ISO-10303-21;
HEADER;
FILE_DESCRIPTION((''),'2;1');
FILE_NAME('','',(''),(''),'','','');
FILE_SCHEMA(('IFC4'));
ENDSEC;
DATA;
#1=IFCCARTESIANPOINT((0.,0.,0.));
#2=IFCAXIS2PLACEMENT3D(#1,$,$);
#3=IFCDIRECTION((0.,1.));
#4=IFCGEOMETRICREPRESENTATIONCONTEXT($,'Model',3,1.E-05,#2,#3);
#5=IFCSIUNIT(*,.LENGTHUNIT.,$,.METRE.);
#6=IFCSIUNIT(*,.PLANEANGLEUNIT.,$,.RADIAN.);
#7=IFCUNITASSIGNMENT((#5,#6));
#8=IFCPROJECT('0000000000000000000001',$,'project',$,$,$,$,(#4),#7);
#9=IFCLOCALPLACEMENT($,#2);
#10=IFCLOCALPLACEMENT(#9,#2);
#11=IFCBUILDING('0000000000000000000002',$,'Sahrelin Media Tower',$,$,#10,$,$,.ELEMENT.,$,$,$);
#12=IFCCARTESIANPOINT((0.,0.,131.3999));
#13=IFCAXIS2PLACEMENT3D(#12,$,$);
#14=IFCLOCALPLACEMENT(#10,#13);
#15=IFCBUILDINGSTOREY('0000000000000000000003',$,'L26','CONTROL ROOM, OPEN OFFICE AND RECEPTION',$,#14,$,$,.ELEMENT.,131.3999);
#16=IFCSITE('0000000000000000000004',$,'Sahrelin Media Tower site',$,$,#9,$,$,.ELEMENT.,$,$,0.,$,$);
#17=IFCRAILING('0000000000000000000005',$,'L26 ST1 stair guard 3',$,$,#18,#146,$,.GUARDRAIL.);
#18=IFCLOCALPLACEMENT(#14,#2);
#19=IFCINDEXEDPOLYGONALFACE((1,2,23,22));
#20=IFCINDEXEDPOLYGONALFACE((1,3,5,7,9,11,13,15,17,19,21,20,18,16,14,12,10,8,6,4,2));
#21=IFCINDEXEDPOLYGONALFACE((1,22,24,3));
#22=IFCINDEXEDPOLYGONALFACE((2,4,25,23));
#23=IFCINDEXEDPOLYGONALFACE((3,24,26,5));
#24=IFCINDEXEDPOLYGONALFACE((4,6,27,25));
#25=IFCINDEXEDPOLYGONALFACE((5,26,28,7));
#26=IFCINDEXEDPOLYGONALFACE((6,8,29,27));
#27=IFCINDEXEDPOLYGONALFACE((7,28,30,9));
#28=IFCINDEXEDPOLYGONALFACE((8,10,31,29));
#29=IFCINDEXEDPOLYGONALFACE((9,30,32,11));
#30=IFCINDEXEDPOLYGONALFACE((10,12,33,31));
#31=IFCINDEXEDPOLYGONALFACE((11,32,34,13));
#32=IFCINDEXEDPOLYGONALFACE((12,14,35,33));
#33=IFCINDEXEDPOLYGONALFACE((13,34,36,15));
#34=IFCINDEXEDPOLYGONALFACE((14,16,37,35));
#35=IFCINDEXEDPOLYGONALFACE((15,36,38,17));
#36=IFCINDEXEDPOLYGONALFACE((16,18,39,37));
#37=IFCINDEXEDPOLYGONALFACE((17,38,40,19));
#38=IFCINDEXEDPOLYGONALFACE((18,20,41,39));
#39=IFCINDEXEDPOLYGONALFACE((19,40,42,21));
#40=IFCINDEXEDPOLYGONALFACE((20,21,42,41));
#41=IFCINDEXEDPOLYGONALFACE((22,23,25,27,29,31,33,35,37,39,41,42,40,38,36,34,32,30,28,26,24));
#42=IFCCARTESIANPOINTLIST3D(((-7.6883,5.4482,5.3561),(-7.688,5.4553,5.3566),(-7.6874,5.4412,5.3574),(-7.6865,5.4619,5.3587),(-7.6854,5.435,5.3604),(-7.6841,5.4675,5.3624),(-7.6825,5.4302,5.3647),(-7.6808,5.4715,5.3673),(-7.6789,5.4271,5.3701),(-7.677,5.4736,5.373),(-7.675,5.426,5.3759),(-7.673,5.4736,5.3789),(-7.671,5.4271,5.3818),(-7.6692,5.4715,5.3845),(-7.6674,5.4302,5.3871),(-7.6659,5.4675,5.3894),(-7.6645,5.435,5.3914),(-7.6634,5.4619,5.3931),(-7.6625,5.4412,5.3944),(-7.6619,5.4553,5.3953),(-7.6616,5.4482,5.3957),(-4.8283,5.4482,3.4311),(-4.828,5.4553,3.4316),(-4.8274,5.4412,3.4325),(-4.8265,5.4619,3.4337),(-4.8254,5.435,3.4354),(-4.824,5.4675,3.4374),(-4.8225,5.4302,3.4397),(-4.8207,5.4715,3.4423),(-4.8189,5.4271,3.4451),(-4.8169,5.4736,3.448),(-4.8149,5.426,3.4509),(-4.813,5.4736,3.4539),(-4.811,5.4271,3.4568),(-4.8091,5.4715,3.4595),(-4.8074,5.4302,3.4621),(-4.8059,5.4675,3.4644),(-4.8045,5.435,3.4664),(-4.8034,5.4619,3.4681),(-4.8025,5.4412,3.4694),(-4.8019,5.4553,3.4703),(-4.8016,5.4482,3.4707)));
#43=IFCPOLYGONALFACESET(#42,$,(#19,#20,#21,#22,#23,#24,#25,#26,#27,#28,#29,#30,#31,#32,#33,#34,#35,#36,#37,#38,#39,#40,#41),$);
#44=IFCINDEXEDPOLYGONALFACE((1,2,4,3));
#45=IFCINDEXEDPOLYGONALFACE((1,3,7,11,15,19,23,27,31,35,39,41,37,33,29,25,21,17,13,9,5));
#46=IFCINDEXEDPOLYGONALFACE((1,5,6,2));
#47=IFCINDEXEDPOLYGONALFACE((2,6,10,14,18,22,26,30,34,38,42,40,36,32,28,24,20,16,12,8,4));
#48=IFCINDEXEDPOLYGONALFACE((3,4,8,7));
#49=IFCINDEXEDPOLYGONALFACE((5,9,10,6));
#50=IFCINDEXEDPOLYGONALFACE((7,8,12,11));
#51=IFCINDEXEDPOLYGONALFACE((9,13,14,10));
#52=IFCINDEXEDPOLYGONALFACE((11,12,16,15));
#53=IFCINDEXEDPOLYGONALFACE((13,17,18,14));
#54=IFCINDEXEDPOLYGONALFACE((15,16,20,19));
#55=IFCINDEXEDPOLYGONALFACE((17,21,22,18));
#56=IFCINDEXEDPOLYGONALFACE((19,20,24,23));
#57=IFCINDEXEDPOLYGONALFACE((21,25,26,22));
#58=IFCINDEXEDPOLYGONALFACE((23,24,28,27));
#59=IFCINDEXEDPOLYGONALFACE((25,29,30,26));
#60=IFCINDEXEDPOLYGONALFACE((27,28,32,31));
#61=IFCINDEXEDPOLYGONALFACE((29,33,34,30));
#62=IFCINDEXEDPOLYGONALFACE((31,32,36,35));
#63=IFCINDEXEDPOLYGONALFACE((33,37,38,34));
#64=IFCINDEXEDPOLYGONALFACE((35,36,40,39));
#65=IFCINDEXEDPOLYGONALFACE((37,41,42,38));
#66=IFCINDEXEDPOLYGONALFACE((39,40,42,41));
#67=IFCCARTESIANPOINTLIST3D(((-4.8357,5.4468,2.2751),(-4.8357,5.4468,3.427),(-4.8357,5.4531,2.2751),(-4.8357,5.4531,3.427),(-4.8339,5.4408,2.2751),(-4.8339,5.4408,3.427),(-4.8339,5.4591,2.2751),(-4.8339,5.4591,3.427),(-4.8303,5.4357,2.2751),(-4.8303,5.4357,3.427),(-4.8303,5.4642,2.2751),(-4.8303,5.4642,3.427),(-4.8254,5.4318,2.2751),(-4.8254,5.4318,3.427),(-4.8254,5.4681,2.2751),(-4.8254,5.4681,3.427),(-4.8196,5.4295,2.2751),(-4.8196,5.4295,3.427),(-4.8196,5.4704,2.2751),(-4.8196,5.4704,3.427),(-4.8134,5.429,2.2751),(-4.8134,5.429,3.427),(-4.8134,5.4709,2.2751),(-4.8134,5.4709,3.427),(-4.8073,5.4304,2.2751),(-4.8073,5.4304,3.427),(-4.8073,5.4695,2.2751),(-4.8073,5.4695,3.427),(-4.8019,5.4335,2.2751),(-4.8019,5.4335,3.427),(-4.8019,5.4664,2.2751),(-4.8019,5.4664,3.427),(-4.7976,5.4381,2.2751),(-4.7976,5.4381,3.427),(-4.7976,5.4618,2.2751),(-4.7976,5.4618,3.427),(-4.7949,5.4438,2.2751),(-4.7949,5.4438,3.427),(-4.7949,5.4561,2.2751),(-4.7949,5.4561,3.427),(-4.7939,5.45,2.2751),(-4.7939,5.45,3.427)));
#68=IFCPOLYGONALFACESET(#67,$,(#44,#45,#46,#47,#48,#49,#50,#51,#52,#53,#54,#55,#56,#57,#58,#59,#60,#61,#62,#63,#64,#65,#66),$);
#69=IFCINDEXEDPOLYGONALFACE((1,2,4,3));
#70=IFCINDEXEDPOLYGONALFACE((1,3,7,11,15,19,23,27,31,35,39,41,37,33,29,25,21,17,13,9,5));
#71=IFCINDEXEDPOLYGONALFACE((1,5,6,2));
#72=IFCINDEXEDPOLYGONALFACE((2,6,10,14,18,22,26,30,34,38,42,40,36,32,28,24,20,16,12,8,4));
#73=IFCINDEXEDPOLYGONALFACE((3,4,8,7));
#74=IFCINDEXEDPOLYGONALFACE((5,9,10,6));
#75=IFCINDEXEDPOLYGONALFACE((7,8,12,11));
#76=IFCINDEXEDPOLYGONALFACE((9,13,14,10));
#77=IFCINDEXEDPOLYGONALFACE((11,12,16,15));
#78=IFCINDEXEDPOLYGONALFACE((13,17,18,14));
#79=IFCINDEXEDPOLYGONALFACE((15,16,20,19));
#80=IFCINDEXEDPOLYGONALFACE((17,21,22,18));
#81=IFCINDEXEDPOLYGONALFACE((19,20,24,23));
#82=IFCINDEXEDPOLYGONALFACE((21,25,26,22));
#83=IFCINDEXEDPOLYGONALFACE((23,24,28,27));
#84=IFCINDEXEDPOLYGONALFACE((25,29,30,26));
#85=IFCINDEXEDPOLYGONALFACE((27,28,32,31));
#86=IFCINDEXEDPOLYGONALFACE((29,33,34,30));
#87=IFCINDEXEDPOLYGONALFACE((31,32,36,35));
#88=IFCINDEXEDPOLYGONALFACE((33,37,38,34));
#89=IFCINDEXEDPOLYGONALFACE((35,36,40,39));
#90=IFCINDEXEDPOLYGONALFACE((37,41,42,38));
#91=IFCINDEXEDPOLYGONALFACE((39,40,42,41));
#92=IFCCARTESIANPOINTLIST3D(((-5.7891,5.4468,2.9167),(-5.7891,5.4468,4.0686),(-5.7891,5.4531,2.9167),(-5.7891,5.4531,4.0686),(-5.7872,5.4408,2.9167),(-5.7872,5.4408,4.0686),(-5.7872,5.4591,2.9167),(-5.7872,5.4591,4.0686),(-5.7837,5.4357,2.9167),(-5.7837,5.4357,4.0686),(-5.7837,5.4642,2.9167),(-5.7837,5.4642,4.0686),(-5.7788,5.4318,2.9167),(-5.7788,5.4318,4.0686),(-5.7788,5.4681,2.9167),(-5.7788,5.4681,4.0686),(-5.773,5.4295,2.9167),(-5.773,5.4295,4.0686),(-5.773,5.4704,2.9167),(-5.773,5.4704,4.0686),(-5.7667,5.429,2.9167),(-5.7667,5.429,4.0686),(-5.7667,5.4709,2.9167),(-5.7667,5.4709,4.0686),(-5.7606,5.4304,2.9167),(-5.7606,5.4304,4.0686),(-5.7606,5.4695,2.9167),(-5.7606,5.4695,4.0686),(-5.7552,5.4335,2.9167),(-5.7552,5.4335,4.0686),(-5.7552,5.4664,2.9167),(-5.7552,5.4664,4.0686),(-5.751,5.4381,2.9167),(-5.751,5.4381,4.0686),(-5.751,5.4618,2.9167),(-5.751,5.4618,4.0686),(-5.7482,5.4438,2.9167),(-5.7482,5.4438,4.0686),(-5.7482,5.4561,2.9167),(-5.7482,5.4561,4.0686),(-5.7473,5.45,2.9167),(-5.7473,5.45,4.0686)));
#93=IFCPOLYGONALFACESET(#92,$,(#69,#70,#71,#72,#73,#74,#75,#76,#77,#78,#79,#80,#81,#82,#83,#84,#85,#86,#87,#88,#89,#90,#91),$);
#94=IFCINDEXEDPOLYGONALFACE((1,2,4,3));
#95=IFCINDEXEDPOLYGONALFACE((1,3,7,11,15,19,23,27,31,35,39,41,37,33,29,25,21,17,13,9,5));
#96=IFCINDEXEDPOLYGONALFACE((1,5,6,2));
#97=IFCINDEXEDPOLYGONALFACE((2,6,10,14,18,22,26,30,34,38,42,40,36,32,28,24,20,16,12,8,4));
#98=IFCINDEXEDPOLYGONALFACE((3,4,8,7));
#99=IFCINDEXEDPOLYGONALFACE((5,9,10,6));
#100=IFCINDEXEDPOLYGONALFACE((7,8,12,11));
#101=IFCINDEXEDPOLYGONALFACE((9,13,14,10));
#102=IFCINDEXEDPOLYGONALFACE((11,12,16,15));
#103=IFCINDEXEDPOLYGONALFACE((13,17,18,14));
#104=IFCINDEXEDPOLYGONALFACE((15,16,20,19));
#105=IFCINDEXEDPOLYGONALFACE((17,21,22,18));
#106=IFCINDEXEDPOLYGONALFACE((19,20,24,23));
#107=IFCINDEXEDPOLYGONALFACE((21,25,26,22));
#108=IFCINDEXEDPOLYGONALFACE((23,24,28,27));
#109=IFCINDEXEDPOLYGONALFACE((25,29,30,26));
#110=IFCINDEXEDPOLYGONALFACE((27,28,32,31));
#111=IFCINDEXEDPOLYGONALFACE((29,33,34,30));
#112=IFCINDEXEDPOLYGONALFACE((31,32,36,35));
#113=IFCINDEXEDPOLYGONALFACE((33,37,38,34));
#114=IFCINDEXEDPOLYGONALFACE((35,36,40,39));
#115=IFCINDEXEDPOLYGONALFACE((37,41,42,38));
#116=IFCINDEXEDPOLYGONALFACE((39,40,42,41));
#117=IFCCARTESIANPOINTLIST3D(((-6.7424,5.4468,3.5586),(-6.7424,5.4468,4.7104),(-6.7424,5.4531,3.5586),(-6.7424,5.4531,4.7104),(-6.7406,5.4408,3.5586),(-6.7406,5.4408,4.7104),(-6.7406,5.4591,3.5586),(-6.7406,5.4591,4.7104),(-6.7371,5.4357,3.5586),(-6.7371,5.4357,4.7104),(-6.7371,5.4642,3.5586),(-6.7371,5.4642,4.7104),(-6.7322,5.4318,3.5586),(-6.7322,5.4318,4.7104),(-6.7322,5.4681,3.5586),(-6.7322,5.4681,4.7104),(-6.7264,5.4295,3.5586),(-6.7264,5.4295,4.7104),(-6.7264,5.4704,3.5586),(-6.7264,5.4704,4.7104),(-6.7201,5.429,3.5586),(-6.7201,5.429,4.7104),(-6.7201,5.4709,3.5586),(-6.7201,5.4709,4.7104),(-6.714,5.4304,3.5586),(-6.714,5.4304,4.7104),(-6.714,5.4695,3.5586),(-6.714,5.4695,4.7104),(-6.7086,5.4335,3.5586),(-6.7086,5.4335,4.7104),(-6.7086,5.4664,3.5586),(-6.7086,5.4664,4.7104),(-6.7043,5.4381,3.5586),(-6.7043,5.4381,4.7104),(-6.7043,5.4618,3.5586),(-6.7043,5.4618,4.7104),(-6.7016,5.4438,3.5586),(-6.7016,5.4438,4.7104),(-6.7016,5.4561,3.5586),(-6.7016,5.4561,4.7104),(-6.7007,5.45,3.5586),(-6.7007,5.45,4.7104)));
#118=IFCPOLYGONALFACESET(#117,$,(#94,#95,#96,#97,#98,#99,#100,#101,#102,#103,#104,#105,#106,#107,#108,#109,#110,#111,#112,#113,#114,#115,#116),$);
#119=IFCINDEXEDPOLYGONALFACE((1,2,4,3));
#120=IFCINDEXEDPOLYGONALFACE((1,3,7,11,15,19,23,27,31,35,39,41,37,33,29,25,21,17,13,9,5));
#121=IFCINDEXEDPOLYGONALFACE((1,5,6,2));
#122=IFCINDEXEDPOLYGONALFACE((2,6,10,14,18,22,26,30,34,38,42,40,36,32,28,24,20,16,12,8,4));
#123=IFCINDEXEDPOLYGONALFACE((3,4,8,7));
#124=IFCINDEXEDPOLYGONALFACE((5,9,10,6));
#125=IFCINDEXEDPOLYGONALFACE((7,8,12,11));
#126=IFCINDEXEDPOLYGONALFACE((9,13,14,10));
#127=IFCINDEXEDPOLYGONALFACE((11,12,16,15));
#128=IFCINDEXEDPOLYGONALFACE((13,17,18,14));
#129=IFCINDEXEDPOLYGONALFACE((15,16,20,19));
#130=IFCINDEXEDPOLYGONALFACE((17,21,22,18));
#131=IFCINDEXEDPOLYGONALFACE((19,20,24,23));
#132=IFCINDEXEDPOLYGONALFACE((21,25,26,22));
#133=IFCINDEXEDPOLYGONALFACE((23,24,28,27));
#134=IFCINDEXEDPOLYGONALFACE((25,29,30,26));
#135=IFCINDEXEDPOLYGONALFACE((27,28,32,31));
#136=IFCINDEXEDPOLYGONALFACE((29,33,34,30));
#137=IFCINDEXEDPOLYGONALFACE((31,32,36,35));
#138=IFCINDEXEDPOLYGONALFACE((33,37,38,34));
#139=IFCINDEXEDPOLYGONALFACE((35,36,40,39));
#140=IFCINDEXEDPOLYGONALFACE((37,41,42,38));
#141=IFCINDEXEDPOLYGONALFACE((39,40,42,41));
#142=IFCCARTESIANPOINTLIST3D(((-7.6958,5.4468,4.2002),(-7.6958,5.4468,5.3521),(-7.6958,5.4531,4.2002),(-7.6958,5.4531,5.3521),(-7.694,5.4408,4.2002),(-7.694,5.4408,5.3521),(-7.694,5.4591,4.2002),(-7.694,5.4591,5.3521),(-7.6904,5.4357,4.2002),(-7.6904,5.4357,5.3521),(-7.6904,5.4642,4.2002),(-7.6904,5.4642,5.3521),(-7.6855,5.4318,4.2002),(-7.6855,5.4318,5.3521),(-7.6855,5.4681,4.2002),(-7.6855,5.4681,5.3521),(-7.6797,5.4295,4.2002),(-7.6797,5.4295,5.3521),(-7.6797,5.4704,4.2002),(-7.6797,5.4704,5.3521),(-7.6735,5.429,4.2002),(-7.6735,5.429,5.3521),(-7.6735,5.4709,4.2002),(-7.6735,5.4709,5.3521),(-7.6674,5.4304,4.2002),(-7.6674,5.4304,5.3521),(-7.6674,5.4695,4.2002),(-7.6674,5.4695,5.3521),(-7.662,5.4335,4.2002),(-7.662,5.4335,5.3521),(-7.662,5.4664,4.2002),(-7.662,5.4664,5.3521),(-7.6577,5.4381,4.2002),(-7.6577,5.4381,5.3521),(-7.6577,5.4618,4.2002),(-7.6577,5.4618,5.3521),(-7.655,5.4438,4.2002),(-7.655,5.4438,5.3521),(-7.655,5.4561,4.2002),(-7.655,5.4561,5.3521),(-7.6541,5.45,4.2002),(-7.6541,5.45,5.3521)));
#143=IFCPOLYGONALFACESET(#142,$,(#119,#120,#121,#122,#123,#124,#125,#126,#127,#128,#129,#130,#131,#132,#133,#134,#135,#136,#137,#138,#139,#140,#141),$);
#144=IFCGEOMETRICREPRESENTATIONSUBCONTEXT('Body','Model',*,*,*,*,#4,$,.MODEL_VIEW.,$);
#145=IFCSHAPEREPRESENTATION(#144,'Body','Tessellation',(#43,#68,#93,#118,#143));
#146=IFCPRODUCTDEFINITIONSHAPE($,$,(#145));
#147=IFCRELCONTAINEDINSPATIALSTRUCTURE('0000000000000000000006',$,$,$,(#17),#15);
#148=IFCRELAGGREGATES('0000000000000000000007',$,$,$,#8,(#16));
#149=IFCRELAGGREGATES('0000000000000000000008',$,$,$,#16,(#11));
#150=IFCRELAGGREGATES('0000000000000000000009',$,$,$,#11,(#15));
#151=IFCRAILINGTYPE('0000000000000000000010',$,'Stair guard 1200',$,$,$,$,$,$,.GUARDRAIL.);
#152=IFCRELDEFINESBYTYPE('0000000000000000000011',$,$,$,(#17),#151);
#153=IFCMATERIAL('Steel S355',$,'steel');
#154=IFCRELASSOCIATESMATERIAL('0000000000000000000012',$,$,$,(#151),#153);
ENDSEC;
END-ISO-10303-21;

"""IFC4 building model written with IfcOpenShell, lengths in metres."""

from ifc_helpers import new_model, si_unit, direction, frame, origin, origin_2d, place, context, subcontext, project, spatial, circle, extrude, material, type_object, element, save


model = new_model("IFC4")

# Units and contexts
model_context = context("Model", 3, precision=1e-05, world=origin(), true_north=direction((0.0, 1.0)))
body_context = subcontext(model_context, "Body", "Model", "MODEL_VIEW")
ifc_project = project(units=[si_unit("LENGTHUNIT", "METRE"), si_unit("PLANEANGLEUNIT", "RADIAN")], contexts=[model_context])

# Site, building, storey
site_placement = place(None, origin())
site = spatial("IfcSite", under=ifc_project, at=site_placement, Name="Sahrelin Media Tower site", CompositionType="ELEMENT", RefElevation=0.0)
building_placement = place(site_placement, origin())
building = spatial("IfcBuilding", under=site, at=building_placement, Name="Sahrelin Media Tower", CompositionType="ELEMENT")
storey_placement = place(building_placement, frame((0.0, 0.0, 131.3999)))
storey = spatial("IfcBuildingStorey", under=building, at=storey_placement, Name="L26", Description="CONTROL ROOM, OPEN OFFICE AND RECEPTION", CompositionType="ELEMENT", Elevation=131.3999)

# Shared definitions
ifc_material_1 = material(Name="Steel S355", Category="steel")

# Railing
railing_type_1 = type_object("IfcRailingType", Name="Stair guard 1200", PredefinedType="GUARDRAIL", material=ifc_material_1)
railing_1_placement = place(storey_placement, frame((-4.8149, 5.45, 2.2751)))
element("IfcRailing", 1, at=railing_1_placement, inside=storey, type_object=railing_type_1, Name="L26 ST1 stair guard 3", PredefinedType="GUARDRAIL", context=body_context, shape_type="SweptSolid", body=[
    extrude(circle(Radius=0.0239, at=origin_2d()), frame((0.0, 0.0, 1.1758), z_axis=(-0.829591, 0.0, 0.558372), x_axis=(0.0, -1.0, 0.0)), (0.0, 0.0, 1.0), 3.4475),
    extrude(circle(Radius=0.021, at=origin_2d()), origin(), (0.0, 0.0, 1.0), 1.1519),
    extrude(circle(Radius=0.021, at=origin_2d()), frame((-0.9534, 0.0, 0.6416)), (0.0, 0.0, 1.0), 1.1519),
    extrude(circle(Radius=0.021, at=origin_2d()), frame((-1.9067, 0.0, 1.2834)), (0.0, 0.0, 1.0), 1.1519),
    extrude(circle(Radius=0.021, at=origin_2d()), frame((-2.8601, 0.0, 1.925)), (0.0, 0.0, 1.0), 1.1519),
])

save(model, "model.ifc")
